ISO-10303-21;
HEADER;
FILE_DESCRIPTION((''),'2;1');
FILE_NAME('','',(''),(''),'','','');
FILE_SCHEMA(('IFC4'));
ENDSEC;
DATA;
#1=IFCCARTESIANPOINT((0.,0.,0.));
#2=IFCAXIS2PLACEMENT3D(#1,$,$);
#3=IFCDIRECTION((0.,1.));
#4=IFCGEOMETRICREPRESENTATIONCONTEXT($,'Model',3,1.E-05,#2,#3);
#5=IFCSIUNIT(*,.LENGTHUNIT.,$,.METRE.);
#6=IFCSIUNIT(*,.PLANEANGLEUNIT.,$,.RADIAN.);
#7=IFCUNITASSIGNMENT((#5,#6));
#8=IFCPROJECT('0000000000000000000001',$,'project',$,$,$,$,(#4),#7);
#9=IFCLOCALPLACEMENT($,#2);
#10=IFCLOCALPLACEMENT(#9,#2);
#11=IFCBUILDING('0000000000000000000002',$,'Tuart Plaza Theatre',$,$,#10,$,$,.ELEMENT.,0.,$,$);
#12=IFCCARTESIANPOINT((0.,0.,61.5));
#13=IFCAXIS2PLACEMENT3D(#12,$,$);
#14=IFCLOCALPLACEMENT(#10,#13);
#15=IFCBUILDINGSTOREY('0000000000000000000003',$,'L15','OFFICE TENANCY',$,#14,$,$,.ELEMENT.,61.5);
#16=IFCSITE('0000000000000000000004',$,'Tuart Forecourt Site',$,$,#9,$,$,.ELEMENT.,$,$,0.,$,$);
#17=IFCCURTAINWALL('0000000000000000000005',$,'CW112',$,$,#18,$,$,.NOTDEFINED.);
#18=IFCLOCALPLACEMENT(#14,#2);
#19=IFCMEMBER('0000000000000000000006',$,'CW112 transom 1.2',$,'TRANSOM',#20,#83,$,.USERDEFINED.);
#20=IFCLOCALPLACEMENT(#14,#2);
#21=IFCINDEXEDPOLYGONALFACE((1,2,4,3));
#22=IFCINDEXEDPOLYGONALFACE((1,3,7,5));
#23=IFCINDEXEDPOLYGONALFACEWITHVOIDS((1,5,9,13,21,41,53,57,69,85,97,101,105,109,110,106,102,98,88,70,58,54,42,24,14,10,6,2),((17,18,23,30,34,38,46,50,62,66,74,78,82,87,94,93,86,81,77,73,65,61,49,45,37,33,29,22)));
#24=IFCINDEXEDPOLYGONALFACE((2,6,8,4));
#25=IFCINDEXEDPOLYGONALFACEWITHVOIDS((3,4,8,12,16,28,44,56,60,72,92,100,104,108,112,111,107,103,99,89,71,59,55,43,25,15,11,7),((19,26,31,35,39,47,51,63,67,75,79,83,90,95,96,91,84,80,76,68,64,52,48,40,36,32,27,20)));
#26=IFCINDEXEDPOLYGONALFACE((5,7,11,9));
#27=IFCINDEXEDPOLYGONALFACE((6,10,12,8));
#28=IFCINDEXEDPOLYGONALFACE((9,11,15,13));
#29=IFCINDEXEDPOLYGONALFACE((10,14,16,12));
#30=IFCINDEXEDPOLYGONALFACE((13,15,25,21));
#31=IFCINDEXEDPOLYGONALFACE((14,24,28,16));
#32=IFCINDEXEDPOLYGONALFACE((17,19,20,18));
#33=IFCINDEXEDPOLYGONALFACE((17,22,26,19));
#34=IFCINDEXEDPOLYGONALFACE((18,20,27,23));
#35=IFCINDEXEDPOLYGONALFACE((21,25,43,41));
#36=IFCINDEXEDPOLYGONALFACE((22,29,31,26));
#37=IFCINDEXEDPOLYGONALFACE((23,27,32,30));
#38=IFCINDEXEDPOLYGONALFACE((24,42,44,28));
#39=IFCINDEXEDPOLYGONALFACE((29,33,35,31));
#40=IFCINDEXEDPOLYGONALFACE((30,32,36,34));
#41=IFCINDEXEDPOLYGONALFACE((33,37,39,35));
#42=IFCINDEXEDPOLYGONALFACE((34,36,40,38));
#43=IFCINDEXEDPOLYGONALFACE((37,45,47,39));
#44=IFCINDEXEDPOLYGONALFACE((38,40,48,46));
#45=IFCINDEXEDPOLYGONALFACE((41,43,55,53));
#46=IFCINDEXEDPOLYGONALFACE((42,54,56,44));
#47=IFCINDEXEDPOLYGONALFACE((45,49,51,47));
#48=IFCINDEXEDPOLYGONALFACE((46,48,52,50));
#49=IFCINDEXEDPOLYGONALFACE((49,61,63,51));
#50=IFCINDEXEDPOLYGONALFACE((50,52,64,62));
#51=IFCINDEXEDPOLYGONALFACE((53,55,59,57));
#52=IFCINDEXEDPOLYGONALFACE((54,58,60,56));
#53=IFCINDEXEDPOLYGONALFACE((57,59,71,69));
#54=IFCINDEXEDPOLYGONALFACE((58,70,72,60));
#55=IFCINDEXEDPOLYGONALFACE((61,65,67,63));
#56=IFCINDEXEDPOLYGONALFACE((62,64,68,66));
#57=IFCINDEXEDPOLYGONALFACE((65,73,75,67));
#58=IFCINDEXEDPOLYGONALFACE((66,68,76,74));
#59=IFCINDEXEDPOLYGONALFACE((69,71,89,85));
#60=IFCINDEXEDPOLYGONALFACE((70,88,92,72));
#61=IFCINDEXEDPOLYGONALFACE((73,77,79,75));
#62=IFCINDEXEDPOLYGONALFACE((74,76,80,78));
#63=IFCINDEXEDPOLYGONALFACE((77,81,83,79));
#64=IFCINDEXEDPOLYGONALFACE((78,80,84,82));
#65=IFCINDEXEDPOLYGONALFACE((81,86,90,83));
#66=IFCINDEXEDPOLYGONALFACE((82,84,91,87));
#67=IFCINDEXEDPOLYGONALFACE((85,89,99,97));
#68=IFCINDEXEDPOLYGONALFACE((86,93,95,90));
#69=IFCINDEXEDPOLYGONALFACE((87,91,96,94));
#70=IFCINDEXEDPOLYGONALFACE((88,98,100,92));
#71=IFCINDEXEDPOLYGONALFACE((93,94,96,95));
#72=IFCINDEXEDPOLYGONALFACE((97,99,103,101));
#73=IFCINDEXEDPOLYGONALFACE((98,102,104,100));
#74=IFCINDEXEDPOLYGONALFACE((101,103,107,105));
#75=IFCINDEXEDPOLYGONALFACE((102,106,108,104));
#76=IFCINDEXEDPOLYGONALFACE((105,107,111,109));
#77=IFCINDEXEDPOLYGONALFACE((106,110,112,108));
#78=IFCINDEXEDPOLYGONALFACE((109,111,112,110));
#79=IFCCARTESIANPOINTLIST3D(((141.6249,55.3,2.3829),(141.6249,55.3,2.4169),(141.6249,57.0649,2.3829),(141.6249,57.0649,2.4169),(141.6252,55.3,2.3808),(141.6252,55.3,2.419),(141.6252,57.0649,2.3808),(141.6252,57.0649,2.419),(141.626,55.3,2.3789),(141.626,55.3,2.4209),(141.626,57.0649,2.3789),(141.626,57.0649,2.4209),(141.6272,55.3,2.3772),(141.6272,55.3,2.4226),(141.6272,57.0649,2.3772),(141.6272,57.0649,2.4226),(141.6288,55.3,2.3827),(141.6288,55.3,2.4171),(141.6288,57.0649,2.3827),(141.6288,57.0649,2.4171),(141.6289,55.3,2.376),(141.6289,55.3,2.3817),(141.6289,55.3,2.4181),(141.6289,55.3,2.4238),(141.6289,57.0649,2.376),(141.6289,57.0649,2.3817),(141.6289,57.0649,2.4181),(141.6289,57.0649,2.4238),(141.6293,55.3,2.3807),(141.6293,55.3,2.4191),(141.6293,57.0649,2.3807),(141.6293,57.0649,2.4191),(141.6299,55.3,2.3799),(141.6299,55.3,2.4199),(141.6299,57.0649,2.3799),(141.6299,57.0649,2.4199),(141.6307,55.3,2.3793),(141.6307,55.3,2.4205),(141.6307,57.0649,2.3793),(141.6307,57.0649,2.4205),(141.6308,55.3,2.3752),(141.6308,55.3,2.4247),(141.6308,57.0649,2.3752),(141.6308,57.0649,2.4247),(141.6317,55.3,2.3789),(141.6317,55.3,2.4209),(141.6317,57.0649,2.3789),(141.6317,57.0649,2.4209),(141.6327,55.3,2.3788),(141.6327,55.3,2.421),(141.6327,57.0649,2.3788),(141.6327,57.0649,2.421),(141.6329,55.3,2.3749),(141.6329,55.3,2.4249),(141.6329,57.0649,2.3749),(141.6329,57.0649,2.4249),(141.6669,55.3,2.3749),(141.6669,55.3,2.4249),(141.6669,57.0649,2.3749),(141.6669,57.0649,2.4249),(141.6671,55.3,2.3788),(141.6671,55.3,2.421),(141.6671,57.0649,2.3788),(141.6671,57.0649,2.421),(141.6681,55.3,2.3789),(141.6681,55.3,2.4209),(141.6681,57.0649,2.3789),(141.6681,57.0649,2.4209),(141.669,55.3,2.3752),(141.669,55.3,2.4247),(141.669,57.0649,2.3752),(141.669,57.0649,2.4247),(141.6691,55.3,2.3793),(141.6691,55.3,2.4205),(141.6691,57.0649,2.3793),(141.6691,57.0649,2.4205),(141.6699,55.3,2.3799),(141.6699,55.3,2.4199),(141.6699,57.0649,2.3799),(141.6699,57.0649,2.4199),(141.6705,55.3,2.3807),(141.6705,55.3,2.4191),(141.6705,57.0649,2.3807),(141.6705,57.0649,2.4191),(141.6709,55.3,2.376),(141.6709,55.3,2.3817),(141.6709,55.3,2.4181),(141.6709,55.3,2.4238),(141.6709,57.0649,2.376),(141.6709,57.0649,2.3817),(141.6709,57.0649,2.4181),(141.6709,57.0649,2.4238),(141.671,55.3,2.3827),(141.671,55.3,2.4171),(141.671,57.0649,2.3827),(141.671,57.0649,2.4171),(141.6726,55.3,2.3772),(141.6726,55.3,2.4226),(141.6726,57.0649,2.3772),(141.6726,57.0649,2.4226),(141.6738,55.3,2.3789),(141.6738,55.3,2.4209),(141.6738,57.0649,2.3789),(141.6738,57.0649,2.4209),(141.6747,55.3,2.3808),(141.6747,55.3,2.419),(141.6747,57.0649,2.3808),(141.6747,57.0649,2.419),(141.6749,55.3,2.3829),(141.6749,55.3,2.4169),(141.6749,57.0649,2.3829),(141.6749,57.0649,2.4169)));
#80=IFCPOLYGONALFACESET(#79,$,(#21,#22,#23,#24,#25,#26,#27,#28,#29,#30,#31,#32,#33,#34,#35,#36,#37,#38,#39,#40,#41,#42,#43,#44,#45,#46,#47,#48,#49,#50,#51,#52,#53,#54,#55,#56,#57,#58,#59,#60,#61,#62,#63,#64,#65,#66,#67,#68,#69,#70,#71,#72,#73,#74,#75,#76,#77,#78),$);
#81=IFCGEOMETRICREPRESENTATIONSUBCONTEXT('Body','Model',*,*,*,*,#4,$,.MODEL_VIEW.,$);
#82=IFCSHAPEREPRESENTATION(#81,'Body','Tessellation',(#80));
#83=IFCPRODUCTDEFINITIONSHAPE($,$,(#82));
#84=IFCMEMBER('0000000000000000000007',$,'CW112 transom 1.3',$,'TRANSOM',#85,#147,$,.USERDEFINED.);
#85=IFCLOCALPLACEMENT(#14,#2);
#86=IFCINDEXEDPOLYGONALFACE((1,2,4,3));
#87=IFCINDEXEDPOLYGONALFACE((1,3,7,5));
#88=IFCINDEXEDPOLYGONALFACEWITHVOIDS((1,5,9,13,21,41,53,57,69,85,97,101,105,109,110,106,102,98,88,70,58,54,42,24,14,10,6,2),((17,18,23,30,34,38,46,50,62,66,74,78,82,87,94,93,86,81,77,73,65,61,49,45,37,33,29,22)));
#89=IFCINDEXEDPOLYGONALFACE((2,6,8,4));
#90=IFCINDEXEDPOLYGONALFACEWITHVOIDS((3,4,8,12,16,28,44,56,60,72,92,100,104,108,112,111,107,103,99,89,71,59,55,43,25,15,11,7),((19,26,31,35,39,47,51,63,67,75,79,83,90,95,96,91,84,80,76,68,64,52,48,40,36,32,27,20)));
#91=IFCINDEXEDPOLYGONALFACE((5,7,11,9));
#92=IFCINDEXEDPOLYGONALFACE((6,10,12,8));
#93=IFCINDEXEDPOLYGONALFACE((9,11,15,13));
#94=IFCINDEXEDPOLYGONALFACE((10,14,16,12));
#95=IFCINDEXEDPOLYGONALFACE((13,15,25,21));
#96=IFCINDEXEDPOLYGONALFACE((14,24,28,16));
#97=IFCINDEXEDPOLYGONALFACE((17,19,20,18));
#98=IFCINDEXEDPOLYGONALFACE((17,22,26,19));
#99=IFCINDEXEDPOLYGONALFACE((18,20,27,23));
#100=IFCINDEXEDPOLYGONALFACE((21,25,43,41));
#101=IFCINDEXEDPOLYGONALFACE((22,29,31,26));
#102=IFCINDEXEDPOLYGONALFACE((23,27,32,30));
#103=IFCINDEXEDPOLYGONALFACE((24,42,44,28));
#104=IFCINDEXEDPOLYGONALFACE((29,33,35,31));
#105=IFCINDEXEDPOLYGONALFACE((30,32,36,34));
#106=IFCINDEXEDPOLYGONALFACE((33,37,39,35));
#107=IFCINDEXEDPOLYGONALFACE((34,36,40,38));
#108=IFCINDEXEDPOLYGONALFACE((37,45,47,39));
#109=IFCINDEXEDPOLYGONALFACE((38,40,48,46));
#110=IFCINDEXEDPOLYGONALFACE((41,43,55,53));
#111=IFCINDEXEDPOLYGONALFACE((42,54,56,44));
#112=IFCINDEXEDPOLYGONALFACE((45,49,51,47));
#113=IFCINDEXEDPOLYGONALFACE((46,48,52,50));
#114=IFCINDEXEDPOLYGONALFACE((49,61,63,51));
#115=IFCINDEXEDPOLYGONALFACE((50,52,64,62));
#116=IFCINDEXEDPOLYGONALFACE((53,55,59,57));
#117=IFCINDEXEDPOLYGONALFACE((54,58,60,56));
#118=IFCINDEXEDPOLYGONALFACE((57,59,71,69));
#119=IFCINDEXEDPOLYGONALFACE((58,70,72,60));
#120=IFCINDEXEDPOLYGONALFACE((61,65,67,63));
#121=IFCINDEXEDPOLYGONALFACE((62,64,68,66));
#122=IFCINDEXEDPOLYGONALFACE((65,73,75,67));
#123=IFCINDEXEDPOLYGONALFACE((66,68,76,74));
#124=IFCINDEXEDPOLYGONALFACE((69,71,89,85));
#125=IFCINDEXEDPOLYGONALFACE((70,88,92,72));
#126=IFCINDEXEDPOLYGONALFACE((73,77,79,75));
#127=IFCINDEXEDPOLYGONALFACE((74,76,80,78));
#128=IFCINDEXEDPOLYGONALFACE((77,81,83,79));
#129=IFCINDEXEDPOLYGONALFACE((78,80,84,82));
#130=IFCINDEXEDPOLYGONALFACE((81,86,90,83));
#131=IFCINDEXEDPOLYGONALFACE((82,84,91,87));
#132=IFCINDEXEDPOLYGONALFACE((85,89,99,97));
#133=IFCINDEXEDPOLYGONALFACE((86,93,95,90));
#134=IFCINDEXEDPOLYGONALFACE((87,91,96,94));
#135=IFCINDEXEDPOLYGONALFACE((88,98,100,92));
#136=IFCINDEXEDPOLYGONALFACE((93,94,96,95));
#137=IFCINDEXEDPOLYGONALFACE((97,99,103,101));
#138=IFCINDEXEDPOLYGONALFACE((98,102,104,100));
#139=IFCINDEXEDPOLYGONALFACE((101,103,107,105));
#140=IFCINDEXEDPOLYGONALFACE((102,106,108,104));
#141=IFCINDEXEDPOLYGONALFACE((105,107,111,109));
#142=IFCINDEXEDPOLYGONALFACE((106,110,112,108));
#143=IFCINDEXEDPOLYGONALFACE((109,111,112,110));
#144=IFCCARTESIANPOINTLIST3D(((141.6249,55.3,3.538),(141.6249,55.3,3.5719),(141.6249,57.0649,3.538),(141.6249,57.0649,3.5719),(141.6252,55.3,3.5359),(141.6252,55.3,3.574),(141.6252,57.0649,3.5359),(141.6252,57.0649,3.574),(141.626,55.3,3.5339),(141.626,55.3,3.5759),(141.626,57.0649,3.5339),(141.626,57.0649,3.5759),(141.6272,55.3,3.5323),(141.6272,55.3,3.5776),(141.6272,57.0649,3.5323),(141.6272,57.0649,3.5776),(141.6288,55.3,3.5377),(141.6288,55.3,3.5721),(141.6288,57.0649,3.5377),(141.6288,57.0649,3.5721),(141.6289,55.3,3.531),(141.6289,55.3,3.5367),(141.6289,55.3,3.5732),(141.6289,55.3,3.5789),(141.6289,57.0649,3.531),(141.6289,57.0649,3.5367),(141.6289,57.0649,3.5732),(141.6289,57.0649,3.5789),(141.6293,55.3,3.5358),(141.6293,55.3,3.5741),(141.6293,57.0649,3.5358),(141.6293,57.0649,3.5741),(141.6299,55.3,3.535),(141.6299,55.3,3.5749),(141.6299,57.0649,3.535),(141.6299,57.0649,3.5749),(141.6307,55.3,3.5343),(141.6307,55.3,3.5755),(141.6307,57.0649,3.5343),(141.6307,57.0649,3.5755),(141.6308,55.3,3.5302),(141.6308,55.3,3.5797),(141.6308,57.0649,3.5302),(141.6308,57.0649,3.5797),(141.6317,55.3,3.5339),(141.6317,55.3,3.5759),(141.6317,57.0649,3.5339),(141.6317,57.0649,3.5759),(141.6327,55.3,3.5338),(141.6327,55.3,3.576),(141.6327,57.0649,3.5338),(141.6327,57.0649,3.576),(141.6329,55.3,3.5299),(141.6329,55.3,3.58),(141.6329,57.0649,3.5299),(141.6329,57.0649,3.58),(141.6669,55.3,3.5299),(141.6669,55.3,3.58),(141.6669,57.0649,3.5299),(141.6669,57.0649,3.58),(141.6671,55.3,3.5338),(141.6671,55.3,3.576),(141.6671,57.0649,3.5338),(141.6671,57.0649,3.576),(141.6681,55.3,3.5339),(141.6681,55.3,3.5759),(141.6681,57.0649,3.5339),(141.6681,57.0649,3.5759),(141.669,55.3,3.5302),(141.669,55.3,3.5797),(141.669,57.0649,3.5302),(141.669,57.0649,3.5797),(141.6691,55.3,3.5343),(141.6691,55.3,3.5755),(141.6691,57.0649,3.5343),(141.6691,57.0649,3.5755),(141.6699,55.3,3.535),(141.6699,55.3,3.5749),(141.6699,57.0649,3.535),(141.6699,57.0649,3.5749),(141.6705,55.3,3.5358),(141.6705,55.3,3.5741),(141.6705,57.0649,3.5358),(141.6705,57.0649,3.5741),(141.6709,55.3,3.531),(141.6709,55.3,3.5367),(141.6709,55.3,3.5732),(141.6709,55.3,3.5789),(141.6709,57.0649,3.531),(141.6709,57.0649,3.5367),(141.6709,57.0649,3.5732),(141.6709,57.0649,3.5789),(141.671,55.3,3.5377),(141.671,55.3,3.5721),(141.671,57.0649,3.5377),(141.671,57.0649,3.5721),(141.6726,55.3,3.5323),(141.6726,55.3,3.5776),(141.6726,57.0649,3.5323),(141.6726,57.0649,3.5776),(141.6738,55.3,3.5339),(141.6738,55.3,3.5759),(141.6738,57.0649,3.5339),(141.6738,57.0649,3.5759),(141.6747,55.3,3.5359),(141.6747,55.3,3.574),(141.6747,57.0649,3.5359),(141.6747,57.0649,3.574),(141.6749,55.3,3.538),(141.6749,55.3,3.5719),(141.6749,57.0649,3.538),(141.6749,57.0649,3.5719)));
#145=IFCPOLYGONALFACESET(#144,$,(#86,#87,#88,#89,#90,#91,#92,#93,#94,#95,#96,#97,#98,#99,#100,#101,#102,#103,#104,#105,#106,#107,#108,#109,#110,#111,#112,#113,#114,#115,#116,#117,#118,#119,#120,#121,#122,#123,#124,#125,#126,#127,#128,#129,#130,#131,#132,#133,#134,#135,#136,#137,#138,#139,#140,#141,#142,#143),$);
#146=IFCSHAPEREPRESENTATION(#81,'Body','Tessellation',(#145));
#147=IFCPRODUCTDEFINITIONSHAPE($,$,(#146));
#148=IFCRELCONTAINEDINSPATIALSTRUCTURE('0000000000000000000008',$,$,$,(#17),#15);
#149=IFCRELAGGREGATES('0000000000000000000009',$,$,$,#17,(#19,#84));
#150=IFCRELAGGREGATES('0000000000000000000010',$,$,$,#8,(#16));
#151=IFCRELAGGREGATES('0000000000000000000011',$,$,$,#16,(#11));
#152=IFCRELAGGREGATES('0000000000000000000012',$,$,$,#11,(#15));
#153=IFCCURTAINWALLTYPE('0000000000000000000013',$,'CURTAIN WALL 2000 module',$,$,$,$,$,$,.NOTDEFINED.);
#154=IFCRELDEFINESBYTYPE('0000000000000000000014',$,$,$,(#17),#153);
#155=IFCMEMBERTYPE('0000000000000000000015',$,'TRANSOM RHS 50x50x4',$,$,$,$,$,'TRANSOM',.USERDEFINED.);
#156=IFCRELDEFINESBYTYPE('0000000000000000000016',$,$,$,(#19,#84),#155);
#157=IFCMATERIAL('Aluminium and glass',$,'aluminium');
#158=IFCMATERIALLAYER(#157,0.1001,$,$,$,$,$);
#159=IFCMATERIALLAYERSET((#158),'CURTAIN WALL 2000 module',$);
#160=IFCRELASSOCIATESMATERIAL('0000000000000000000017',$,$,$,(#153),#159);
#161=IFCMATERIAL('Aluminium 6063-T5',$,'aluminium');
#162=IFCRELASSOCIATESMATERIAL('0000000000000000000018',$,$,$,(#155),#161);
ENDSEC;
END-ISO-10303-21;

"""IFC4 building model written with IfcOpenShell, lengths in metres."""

from ifc_helpers import new_model, si_unit, direction, frame, origin, origin_2d, place, context, subcontext, project, spatial, hollow_rectangle, extrude, material, layer, layer_set, material_profile, profile_set, type_object, element, aggregate, save


model = new_model("IFC4")

# Units and contexts
model_context = context("Model", 3, precision=1e-05, world=origin(), true_north=direction((0.0, 1.0)))
body_context = subcontext(model_context, "Body", "Model", "MODEL_VIEW")
ifc_project = project(units=[si_unit("LENGTHUNIT", "METRE"), si_unit("PLANEANGLEUNIT", "RADIAN")], contexts=[model_context])

# Site, building, storey
site_placement = place(None, origin())
site = spatial("IfcSite", under=ifc_project, at=site_placement, Name="Tuart Forecourt Site", CompositionType="ELEMENT", RefElevation=0.0)
building_placement = place(site_placement, origin())
building = spatial("IfcBuilding", under=site, at=building_placement, Name="Tuart Plaza Theatre", CompositionType="ELEMENT", ElevationOfRefHeight=0.0)
storey_placement = place(building_placement, frame((0.0, 0.0, 61.5)))
storey = spatial("IfcBuildingStorey", under=building, at=storey_placement, Name="L15", Description="OFFICE TENANCY", CompositionType="ELEMENT", Elevation=61.5)

# Curtain wall
ifc_material_1 = material(Name="Aluminium and glass", Category="aluminium")
ifc_layer_1 = layer(ifc_material_1, 0.1001)
ifc_layer_set_1 = layer_set([ifc_layer_1], Name="CURTAIN WALL 2000 module")
curtain_wall_type = type_object("IfcCurtainWallType", Name="CURTAIN WALL 2000 module", PredefinedType="NOTDEFINED", material=ifc_layer_set_1)
curtain_wall_1_placement = place(storey_placement, origin())
curtain_wall_1 = element("IfcCurtainWall", 1, at=curtain_wall_1_placement, inside=storey, type_object=curtain_wall_type, Name="CW112", PredefinedType="NOTDEFINED")

# Members
ifc_material_2 = material(Name="Aluminium 6063-T5", Category="aluminium")
ifc_material_profile_1 = material_profile(ifc_material_2, hollow_rectangle(XDim=0.05, YDim=0.05, WallThickness=0.0039, InnerFilletRadius=0.0039, OuterFilletRadius=0.0081, at=origin_2d()), Name="RHS 50x50x4")
ifc_profile_set_1 = profile_set([ifc_material_profile_1], Name="Aluminium 6063-T5")
member_type_1 = type_object("IfcMemberType", Name="TRANSOM RHS 50x50x4", ElementType="TRANSOM", PredefinedType="USERDEFINED", material=ifc_profile_set_1)
member_1_placement = place(storey_placement, frame((141.6499, 55.3, 2.3999), z_axis=(0.0, 1.0, 0.0), x_axis=(-1.0, 0.0, 0.0)))
member_1 = element("IfcMember", 2, at=member_1_placement, type_object=member_type_1, Name="CW112 transom 1.2", ObjectType="TRANSOM", PredefinedType="USERDEFINED", context=body_context, shape_type="SweptSolid", body=[
    extrude(hollow_rectangle(XDim=0.05, YDim=0.05, WallThickness=0.0039, InnerFilletRadius=0.0039, OuterFilletRadius=0.0081, at=origin_2d()), origin(), (0.0, 0.0, 1.0), 1.7649),
])
member_2_placement = place(storey_placement, frame((141.6499, 55.3, 3.5549), z_axis=(0.0, 1.0, 0.0), x_axis=(-1.0, 0.0, 0.0)))
member_2 = element("IfcMember", 3, at=member_2_placement, type_object=member_type_1, Name="CW112 transom 1.3", ObjectType="TRANSOM", PredefinedType="USERDEFINED", context=body_context, shape_type="SweptSolid", body=[
    extrude(hollow_rectangle(XDim=0.05, YDim=0.05, WallThickness=0.0039, InnerFilletRadius=0.0039, OuterFilletRadius=0.0081, at=origin_2d()), origin(), (0.0, 0.0, 1.0), 1.7649),
])

aggregate(curtain_wall_1, [member_1, member_2])

save(model, "model.ifc")
